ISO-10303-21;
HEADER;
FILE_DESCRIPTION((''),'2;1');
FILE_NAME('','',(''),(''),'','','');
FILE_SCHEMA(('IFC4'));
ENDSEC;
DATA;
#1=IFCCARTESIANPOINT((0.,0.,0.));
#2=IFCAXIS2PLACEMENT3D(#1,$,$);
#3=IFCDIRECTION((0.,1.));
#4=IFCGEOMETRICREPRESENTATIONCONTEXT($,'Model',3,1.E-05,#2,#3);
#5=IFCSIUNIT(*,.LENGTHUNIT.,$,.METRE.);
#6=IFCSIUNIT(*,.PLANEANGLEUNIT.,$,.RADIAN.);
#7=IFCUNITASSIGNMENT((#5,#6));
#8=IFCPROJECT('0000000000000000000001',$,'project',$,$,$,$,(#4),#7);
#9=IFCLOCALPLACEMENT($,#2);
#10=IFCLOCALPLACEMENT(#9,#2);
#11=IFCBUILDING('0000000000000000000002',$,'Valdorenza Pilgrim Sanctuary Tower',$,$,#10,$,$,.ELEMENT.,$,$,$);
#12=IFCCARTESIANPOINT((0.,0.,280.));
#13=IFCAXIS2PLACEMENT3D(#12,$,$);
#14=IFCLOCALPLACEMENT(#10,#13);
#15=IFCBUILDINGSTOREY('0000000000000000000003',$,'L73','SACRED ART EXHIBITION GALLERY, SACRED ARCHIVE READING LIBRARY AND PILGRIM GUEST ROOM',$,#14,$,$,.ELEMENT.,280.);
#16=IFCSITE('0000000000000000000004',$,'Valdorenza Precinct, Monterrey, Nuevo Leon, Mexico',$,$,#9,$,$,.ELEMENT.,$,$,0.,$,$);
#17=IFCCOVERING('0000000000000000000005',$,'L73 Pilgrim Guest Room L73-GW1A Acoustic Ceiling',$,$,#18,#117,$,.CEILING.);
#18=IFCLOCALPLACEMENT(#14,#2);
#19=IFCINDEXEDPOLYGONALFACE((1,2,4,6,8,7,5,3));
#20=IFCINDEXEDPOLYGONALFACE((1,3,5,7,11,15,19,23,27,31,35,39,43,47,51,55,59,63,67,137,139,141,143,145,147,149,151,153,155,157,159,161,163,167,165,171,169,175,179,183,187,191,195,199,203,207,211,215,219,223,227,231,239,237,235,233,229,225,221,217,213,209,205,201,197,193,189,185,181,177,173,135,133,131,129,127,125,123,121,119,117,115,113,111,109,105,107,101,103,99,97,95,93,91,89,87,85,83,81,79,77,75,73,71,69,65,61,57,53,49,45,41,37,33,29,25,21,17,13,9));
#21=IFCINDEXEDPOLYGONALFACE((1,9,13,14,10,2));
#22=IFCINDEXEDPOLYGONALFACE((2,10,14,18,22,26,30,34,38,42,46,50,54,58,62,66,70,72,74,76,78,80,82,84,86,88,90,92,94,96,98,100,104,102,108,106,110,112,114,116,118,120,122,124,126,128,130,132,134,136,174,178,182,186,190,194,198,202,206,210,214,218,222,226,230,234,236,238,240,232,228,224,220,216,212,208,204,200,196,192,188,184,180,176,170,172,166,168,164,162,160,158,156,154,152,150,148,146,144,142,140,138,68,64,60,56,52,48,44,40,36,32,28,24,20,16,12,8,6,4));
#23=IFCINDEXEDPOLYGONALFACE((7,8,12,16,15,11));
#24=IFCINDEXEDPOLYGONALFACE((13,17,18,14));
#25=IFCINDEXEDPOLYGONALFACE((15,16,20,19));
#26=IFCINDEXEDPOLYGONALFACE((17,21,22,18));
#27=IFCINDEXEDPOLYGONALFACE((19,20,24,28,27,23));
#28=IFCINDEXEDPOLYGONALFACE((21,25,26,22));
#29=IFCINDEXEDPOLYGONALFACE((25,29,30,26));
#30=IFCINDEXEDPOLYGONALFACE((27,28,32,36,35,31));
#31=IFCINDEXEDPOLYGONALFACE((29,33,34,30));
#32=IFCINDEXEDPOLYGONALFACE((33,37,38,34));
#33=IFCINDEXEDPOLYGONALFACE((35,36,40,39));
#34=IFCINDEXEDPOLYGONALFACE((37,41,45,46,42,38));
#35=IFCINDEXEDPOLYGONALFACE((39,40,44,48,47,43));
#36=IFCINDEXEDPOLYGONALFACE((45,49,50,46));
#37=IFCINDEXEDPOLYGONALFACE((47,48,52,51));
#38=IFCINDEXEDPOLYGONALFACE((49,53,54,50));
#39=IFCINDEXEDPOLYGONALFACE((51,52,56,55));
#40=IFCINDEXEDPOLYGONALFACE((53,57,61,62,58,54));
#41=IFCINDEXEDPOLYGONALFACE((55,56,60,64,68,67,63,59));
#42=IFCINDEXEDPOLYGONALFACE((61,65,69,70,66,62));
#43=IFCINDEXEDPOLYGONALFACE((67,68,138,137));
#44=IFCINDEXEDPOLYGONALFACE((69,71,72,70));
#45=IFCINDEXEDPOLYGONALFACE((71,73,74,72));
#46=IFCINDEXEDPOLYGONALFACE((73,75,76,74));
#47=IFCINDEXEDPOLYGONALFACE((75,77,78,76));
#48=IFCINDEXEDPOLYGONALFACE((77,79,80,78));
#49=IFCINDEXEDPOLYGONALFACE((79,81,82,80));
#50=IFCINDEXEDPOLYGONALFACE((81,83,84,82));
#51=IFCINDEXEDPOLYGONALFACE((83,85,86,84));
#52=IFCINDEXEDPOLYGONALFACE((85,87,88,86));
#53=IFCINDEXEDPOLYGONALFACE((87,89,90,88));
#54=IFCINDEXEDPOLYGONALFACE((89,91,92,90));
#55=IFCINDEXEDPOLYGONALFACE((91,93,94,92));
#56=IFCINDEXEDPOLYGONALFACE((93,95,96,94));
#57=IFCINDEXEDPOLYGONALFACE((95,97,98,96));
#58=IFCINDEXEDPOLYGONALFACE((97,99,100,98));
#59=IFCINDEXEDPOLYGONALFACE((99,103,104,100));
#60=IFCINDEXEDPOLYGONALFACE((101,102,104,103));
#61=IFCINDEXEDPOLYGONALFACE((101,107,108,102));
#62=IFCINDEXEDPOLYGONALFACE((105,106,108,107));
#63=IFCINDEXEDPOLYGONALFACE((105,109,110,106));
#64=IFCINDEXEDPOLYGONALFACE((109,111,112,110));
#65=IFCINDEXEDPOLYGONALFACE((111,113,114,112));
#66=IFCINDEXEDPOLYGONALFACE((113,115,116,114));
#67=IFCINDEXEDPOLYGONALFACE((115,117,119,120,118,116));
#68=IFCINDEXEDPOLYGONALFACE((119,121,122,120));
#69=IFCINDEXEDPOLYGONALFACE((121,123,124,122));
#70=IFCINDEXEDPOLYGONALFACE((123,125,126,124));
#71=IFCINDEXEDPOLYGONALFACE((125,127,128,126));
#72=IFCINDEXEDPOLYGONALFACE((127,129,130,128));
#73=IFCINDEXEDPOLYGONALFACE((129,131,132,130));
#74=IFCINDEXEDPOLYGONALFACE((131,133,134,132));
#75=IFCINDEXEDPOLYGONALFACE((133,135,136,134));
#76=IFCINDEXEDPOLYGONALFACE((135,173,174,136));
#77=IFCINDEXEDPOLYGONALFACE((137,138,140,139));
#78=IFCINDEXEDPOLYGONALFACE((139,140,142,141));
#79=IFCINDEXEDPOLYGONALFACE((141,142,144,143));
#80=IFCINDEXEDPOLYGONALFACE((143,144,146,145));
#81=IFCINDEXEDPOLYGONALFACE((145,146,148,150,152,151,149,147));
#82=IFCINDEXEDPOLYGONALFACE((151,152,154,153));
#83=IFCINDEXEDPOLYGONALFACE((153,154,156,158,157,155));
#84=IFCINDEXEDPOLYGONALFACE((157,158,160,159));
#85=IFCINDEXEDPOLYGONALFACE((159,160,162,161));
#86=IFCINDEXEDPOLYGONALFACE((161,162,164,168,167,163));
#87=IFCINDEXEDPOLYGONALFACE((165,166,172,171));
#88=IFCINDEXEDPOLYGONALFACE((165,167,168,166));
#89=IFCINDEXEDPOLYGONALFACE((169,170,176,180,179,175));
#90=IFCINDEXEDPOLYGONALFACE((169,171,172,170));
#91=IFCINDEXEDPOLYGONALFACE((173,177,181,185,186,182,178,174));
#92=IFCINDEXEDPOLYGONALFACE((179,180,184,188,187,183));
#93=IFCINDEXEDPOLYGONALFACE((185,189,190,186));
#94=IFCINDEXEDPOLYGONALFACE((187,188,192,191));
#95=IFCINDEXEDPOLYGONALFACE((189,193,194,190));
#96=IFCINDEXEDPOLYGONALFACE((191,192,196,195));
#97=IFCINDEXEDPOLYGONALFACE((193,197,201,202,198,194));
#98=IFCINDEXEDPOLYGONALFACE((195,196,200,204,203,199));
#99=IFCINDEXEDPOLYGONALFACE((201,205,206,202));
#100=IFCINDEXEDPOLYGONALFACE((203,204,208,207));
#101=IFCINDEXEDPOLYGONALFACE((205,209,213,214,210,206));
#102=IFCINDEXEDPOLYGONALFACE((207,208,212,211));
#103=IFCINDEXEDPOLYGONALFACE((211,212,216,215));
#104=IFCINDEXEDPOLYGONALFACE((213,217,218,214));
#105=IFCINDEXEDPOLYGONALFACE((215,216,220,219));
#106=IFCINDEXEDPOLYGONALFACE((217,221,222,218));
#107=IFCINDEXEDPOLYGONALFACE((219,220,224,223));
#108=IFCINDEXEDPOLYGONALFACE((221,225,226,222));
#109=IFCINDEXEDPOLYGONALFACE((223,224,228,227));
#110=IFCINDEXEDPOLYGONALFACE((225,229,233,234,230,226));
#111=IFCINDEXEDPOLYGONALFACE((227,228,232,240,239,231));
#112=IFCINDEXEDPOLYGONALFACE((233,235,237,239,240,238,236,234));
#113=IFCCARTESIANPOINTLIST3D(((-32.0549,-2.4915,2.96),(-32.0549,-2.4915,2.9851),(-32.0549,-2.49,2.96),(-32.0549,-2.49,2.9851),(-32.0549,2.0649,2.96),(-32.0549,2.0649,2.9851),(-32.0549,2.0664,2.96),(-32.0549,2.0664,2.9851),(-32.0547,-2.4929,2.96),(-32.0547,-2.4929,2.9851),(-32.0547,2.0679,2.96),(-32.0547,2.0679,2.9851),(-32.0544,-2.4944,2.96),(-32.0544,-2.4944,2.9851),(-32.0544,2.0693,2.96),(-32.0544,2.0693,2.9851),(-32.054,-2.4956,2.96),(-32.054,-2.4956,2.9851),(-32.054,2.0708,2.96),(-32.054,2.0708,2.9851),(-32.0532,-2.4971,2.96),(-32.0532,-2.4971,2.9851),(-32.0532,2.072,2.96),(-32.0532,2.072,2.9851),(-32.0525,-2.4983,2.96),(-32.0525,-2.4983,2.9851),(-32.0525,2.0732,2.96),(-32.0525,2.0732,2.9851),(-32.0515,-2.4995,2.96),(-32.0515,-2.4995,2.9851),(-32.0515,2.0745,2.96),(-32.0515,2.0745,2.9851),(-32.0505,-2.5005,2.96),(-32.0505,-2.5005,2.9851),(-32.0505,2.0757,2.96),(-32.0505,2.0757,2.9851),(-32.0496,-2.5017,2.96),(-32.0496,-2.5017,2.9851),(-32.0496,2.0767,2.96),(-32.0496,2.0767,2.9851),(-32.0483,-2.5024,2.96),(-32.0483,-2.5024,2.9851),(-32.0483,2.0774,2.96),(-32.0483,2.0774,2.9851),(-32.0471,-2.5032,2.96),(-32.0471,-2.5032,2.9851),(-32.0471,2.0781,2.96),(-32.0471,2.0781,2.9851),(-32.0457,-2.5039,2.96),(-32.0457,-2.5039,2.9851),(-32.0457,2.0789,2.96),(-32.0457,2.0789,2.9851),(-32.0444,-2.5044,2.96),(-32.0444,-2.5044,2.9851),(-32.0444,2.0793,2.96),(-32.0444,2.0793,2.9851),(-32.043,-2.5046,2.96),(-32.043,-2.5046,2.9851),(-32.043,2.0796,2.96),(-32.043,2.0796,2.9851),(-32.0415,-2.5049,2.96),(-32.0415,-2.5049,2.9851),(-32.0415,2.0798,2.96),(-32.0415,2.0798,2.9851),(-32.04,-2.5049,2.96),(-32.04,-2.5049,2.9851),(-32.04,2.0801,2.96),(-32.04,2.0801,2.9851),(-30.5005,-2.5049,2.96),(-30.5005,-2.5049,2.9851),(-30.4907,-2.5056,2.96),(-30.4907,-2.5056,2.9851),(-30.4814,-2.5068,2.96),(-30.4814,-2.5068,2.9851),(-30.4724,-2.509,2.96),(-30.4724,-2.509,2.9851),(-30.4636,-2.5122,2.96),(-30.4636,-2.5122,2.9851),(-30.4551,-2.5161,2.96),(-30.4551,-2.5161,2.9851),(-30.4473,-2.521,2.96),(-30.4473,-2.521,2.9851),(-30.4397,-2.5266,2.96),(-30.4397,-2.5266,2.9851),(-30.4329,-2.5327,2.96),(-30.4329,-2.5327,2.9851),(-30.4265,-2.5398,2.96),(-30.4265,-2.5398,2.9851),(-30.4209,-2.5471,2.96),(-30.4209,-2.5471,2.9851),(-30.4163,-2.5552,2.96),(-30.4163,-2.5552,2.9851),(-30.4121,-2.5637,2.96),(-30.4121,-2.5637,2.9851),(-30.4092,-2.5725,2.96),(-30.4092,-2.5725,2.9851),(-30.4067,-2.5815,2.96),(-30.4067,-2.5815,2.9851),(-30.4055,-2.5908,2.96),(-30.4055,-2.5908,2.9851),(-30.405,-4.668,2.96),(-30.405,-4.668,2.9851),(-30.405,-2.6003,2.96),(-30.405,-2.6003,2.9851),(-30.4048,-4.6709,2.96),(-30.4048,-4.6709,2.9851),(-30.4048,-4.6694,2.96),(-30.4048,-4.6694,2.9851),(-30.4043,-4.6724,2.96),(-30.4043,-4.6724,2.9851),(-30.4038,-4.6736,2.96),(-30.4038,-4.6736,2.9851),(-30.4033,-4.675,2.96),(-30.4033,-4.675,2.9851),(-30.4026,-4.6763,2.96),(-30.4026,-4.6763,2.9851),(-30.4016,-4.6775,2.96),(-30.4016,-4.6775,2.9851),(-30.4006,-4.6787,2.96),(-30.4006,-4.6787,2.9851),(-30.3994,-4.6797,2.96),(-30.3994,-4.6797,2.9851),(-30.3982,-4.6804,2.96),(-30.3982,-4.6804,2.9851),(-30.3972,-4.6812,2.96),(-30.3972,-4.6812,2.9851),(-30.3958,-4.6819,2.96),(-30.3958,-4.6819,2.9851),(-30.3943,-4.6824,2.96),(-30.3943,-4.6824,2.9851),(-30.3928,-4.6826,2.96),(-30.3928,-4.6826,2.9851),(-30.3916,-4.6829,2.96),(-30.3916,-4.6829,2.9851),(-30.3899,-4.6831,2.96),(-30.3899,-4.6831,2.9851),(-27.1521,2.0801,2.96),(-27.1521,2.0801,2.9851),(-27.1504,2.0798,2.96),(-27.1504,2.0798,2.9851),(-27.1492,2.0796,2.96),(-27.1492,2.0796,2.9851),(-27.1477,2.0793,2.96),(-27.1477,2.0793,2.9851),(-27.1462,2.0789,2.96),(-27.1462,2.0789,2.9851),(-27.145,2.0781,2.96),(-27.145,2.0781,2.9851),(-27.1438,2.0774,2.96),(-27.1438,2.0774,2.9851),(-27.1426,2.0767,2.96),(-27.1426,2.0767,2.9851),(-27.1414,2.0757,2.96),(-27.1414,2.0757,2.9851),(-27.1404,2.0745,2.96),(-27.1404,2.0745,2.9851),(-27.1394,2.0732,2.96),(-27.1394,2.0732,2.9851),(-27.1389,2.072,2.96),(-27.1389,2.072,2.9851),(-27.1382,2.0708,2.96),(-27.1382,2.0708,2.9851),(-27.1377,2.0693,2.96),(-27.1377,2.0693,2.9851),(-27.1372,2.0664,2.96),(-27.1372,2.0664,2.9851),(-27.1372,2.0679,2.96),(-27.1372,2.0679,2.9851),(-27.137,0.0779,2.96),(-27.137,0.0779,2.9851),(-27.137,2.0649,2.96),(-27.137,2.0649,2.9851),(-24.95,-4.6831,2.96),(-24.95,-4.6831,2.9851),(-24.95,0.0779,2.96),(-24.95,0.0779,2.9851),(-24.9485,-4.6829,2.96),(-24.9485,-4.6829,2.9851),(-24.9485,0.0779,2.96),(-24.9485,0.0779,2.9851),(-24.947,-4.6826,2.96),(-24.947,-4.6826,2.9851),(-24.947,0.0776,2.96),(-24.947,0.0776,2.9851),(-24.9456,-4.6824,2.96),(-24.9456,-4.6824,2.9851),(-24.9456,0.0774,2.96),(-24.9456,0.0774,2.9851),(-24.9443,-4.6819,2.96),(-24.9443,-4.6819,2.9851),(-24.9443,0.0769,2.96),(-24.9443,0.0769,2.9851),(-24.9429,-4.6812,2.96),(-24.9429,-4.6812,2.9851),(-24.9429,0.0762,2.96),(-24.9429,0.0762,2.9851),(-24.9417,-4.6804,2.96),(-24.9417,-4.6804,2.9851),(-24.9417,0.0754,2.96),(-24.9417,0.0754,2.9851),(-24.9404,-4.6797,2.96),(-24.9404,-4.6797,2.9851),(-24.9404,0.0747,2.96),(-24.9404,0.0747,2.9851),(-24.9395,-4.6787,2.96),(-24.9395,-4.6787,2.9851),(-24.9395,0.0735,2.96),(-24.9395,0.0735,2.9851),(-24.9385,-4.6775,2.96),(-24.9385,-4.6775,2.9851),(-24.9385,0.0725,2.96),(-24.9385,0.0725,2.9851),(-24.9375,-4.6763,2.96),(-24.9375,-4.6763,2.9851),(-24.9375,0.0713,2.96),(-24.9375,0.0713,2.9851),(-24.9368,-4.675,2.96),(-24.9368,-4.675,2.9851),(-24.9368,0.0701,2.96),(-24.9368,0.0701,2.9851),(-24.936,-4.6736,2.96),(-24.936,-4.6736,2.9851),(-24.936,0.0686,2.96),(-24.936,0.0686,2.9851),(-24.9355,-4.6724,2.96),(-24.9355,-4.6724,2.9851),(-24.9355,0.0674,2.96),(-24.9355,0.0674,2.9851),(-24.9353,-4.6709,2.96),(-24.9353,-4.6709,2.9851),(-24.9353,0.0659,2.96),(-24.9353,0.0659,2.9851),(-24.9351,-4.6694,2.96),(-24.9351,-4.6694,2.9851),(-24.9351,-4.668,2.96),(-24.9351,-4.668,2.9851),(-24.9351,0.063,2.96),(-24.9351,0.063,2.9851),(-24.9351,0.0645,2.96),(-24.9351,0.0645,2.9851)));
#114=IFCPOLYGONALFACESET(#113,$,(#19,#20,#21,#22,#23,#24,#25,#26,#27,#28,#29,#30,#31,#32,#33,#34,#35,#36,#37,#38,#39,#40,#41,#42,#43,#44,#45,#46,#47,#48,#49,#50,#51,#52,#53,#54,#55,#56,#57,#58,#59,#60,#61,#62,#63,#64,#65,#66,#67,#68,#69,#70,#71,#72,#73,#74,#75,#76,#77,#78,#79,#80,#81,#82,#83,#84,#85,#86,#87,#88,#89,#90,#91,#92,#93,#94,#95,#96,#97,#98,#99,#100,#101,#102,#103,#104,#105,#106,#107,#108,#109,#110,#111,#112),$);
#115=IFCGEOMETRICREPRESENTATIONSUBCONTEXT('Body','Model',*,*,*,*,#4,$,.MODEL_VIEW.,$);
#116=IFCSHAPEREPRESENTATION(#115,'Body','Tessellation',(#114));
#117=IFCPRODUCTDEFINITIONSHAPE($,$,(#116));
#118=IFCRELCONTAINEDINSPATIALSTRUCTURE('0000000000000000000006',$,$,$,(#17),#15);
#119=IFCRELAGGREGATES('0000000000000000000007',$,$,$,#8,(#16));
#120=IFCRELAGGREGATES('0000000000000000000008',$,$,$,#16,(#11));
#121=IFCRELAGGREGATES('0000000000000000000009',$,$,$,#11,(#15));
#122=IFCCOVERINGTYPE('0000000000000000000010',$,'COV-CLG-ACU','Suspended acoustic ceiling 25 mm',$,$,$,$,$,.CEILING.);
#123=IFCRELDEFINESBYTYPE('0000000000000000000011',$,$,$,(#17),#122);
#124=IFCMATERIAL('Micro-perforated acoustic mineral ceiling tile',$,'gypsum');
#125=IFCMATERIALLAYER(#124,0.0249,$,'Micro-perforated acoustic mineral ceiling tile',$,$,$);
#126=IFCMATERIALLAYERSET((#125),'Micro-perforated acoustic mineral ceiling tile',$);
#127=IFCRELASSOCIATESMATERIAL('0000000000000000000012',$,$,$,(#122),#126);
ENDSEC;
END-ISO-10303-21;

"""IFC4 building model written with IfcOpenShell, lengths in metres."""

from ifc_helpers import new_model, si_unit, direction, frame, origin, place, context, subcontext, project, spatial, polyline, outline, extrude, material, layer, layer_set, type_object, element, save


model = new_model("IFC4")

# Units and contexts
model_context = context("Model", 3, precision=1e-05, world=origin(), true_north=direction((0.0, 1.0)))
body_context = subcontext(model_context, "Body", "Model", "MODEL_VIEW")
ifc_project = project(units=[si_unit("LENGTHUNIT", "METRE"), si_unit("PLANEANGLEUNIT", "RADIAN")], contexts=[model_context])

# Site, building, storey
site_placement = place(None, origin())
site = spatial("IfcSite", under=ifc_project, at=site_placement, Name="Valdorenza Precinct, Monterrey, Nuevo Leon, Mexico", CompositionType="ELEMENT", RefElevation=0.0)
building_placement = place(site_placement, origin())
building = spatial("IfcBuilding", under=site, at=building_placement, Name="Valdorenza Pilgrim Sanctuary Tower", CompositionType="ELEMENT")
storey_placement = place(building_placement, frame((0.0, 0.0, 280.0)))
storey = spatial("IfcBuildingStorey", under=building, at=storey_placement, Name="L73", Description="SACRED ART EXHIBITION GALLERY, SACRED ARCHIVE READING LIBRARY AND PILGRIM GUEST ROOM", CompositionType="ELEMENT", Elevation=280.0)

# Covering
ifc_material_1 = material(Name="Micro-perforated acoustic mineral ceiling tile", Category="gypsum")
ifc_layer_1 = layer(ifc_material_1, 0.0249, Name="Micro-perforated acoustic mineral ceiling tile")
ifc_layer_set_1 = layer_set([ifc_layer_1], Name="Micro-perforated acoustic mineral ceiling tile")
covering_type_1 = type_object("IfcCoveringType", Name="COV-CLG-ACU", Description="Suspended acoustic ceiling 25 mm", PredefinedType="CEILING", material=ifc_layer_set_1)
covering_1_placement = place(storey_placement, frame((0.0, 0.0, 2.96)))
element("IfcCovering", 1, at=covering_1_placement, inside=storey, type_object=covering_type_1, Name="L73 Pilgrim Guest Room L73-GW1A Acoustic Ceiling", PredefinedType="CEILING", context=body_context, shape_type="SweptSolid", body=[
    extrude(outline(polyline([(-30.405, -2.6003), (-30.4055, -2.5908), (-30.4067, -2.5815), (-30.4092, -2.5725), (-30.4121, -2.5637), (-30.4163, -2.5552), (-30.4209, -2.5471), (-30.4265, -2.5398), (-30.4329, -2.5327), (-30.4397, -2.5266), (-30.4473, -2.521), (-30.4551, -2.5161), (-30.4636, -2.5122), (-30.4724, -2.509), (-30.4814, -2.5068), (-30.4907, -2.5056), (-30.5005, -2.5049), (-32.04, -2.5049), (-32.0415, -2.5049), (-32.043, -2.5046), (-32.0444, -2.5044), (-32.0457, -2.5039), (-32.0471, -2.5032), (-32.0483, -2.5024), (-32.0496, -2.5017), (-32.0505, -2.5005), (-32.0515, -2.4995), (-32.0525, -2.4983), (-32.0532, -2.4971), (-32.054, -2.4956), (-32.0544, -2.4944), (-32.0547, -2.4929), (-32.0549, -2.4915), (-32.0549, -2.49), (-32.0549, 2.0649), (-32.0549, 2.0664), (-32.0547, 2.0679), (-32.0544, 2.0693), (-32.054, 2.0708), (-32.0532, 2.072), (-32.0525, 2.0732), (-32.0515, 2.0745), (-32.0505, 2.0757), (-32.0496, 2.0767), (-32.0483, 2.0774), (-32.0471, 2.0781), (-32.0457, 2.0789), (-32.0444, 2.0793), (-32.043, 2.0796), (-32.0415, 2.0798), (-32.04, 2.0801), (-27.1521, 2.0801), (-27.1504, 2.0798), (-27.1492, 2.0796), (-27.1477, 2.0793), (-27.1462, 2.0789), (-27.145, 2.0781), (-27.1438, 2.0774), (-27.1426, 2.0767), (-27.1414, 2.0757), (-27.1404, 2.0745), (-27.1394, 2.0732), (-27.1389, 2.072), (-27.1382, 2.0708), (-27.1377, 2.0693), (-27.1372, 2.0679), (-27.1372, 2.0664), (-27.137, 2.0649), (-27.137, 0.0779), (-24.95, 0.0779), (-24.9485, 0.0779), (-24.947, 0.0776), (-24.9456, 0.0774), (-24.9443, 0.0769), (-24.9429, 0.0762), (-24.9417, 0.0754), (-24.9404, 0.0747), (-24.9395, 0.0735), (-24.9385, 0.0725), (-24.9375, 0.0713), (-24.9368, 0.0701), (-24.936, 0.0686), (-24.9355, 0.0674), (-24.9353, 0.0659), (-24.9351, 0.0645), (-24.9351, 0.063), (-24.9351, -4.668), (-24.9351, -4.6694), (-24.9353, -4.6709), (-24.9355, -4.6724), (-24.936, -4.6736), (-24.9368, -4.675), (-24.9375, -4.6763), (-24.9385, -4.6775), (-24.9395, -4.6787), (-24.9404, -4.6797), (-24.9417, -4.6804), (-24.9429, -4.6812), (-24.9443, -4.6819), (-24.9456, -4.6824), (-24.947, -4.6826), (-24.9485, -4.6829), (-24.95, -4.6831), (-30.3899, -4.6831), (-30.3916, -4.6829), (-30.3928, -4.6826), (-30.3943, -4.6824), (-30.3958, -4.6819), (-30.3972, -4.6812), (-30.3982, -4.6804), (-30.3994, -4.6797), (-30.4006, -4.6787), (-30.4016, -4.6775), (-30.4026, -4.6763), (-30.4033, -4.675), (-30.4038, -4.6736), (-30.4043, -4.6724), (-30.4048, -4.6709), (-30.4048, -4.6694), (-30.405, -4.668), (-30.405, -2.6003)])), origin(), (0.0, 0.0, 1.0), 0.0251),
])

save(model, "model.ifc")
